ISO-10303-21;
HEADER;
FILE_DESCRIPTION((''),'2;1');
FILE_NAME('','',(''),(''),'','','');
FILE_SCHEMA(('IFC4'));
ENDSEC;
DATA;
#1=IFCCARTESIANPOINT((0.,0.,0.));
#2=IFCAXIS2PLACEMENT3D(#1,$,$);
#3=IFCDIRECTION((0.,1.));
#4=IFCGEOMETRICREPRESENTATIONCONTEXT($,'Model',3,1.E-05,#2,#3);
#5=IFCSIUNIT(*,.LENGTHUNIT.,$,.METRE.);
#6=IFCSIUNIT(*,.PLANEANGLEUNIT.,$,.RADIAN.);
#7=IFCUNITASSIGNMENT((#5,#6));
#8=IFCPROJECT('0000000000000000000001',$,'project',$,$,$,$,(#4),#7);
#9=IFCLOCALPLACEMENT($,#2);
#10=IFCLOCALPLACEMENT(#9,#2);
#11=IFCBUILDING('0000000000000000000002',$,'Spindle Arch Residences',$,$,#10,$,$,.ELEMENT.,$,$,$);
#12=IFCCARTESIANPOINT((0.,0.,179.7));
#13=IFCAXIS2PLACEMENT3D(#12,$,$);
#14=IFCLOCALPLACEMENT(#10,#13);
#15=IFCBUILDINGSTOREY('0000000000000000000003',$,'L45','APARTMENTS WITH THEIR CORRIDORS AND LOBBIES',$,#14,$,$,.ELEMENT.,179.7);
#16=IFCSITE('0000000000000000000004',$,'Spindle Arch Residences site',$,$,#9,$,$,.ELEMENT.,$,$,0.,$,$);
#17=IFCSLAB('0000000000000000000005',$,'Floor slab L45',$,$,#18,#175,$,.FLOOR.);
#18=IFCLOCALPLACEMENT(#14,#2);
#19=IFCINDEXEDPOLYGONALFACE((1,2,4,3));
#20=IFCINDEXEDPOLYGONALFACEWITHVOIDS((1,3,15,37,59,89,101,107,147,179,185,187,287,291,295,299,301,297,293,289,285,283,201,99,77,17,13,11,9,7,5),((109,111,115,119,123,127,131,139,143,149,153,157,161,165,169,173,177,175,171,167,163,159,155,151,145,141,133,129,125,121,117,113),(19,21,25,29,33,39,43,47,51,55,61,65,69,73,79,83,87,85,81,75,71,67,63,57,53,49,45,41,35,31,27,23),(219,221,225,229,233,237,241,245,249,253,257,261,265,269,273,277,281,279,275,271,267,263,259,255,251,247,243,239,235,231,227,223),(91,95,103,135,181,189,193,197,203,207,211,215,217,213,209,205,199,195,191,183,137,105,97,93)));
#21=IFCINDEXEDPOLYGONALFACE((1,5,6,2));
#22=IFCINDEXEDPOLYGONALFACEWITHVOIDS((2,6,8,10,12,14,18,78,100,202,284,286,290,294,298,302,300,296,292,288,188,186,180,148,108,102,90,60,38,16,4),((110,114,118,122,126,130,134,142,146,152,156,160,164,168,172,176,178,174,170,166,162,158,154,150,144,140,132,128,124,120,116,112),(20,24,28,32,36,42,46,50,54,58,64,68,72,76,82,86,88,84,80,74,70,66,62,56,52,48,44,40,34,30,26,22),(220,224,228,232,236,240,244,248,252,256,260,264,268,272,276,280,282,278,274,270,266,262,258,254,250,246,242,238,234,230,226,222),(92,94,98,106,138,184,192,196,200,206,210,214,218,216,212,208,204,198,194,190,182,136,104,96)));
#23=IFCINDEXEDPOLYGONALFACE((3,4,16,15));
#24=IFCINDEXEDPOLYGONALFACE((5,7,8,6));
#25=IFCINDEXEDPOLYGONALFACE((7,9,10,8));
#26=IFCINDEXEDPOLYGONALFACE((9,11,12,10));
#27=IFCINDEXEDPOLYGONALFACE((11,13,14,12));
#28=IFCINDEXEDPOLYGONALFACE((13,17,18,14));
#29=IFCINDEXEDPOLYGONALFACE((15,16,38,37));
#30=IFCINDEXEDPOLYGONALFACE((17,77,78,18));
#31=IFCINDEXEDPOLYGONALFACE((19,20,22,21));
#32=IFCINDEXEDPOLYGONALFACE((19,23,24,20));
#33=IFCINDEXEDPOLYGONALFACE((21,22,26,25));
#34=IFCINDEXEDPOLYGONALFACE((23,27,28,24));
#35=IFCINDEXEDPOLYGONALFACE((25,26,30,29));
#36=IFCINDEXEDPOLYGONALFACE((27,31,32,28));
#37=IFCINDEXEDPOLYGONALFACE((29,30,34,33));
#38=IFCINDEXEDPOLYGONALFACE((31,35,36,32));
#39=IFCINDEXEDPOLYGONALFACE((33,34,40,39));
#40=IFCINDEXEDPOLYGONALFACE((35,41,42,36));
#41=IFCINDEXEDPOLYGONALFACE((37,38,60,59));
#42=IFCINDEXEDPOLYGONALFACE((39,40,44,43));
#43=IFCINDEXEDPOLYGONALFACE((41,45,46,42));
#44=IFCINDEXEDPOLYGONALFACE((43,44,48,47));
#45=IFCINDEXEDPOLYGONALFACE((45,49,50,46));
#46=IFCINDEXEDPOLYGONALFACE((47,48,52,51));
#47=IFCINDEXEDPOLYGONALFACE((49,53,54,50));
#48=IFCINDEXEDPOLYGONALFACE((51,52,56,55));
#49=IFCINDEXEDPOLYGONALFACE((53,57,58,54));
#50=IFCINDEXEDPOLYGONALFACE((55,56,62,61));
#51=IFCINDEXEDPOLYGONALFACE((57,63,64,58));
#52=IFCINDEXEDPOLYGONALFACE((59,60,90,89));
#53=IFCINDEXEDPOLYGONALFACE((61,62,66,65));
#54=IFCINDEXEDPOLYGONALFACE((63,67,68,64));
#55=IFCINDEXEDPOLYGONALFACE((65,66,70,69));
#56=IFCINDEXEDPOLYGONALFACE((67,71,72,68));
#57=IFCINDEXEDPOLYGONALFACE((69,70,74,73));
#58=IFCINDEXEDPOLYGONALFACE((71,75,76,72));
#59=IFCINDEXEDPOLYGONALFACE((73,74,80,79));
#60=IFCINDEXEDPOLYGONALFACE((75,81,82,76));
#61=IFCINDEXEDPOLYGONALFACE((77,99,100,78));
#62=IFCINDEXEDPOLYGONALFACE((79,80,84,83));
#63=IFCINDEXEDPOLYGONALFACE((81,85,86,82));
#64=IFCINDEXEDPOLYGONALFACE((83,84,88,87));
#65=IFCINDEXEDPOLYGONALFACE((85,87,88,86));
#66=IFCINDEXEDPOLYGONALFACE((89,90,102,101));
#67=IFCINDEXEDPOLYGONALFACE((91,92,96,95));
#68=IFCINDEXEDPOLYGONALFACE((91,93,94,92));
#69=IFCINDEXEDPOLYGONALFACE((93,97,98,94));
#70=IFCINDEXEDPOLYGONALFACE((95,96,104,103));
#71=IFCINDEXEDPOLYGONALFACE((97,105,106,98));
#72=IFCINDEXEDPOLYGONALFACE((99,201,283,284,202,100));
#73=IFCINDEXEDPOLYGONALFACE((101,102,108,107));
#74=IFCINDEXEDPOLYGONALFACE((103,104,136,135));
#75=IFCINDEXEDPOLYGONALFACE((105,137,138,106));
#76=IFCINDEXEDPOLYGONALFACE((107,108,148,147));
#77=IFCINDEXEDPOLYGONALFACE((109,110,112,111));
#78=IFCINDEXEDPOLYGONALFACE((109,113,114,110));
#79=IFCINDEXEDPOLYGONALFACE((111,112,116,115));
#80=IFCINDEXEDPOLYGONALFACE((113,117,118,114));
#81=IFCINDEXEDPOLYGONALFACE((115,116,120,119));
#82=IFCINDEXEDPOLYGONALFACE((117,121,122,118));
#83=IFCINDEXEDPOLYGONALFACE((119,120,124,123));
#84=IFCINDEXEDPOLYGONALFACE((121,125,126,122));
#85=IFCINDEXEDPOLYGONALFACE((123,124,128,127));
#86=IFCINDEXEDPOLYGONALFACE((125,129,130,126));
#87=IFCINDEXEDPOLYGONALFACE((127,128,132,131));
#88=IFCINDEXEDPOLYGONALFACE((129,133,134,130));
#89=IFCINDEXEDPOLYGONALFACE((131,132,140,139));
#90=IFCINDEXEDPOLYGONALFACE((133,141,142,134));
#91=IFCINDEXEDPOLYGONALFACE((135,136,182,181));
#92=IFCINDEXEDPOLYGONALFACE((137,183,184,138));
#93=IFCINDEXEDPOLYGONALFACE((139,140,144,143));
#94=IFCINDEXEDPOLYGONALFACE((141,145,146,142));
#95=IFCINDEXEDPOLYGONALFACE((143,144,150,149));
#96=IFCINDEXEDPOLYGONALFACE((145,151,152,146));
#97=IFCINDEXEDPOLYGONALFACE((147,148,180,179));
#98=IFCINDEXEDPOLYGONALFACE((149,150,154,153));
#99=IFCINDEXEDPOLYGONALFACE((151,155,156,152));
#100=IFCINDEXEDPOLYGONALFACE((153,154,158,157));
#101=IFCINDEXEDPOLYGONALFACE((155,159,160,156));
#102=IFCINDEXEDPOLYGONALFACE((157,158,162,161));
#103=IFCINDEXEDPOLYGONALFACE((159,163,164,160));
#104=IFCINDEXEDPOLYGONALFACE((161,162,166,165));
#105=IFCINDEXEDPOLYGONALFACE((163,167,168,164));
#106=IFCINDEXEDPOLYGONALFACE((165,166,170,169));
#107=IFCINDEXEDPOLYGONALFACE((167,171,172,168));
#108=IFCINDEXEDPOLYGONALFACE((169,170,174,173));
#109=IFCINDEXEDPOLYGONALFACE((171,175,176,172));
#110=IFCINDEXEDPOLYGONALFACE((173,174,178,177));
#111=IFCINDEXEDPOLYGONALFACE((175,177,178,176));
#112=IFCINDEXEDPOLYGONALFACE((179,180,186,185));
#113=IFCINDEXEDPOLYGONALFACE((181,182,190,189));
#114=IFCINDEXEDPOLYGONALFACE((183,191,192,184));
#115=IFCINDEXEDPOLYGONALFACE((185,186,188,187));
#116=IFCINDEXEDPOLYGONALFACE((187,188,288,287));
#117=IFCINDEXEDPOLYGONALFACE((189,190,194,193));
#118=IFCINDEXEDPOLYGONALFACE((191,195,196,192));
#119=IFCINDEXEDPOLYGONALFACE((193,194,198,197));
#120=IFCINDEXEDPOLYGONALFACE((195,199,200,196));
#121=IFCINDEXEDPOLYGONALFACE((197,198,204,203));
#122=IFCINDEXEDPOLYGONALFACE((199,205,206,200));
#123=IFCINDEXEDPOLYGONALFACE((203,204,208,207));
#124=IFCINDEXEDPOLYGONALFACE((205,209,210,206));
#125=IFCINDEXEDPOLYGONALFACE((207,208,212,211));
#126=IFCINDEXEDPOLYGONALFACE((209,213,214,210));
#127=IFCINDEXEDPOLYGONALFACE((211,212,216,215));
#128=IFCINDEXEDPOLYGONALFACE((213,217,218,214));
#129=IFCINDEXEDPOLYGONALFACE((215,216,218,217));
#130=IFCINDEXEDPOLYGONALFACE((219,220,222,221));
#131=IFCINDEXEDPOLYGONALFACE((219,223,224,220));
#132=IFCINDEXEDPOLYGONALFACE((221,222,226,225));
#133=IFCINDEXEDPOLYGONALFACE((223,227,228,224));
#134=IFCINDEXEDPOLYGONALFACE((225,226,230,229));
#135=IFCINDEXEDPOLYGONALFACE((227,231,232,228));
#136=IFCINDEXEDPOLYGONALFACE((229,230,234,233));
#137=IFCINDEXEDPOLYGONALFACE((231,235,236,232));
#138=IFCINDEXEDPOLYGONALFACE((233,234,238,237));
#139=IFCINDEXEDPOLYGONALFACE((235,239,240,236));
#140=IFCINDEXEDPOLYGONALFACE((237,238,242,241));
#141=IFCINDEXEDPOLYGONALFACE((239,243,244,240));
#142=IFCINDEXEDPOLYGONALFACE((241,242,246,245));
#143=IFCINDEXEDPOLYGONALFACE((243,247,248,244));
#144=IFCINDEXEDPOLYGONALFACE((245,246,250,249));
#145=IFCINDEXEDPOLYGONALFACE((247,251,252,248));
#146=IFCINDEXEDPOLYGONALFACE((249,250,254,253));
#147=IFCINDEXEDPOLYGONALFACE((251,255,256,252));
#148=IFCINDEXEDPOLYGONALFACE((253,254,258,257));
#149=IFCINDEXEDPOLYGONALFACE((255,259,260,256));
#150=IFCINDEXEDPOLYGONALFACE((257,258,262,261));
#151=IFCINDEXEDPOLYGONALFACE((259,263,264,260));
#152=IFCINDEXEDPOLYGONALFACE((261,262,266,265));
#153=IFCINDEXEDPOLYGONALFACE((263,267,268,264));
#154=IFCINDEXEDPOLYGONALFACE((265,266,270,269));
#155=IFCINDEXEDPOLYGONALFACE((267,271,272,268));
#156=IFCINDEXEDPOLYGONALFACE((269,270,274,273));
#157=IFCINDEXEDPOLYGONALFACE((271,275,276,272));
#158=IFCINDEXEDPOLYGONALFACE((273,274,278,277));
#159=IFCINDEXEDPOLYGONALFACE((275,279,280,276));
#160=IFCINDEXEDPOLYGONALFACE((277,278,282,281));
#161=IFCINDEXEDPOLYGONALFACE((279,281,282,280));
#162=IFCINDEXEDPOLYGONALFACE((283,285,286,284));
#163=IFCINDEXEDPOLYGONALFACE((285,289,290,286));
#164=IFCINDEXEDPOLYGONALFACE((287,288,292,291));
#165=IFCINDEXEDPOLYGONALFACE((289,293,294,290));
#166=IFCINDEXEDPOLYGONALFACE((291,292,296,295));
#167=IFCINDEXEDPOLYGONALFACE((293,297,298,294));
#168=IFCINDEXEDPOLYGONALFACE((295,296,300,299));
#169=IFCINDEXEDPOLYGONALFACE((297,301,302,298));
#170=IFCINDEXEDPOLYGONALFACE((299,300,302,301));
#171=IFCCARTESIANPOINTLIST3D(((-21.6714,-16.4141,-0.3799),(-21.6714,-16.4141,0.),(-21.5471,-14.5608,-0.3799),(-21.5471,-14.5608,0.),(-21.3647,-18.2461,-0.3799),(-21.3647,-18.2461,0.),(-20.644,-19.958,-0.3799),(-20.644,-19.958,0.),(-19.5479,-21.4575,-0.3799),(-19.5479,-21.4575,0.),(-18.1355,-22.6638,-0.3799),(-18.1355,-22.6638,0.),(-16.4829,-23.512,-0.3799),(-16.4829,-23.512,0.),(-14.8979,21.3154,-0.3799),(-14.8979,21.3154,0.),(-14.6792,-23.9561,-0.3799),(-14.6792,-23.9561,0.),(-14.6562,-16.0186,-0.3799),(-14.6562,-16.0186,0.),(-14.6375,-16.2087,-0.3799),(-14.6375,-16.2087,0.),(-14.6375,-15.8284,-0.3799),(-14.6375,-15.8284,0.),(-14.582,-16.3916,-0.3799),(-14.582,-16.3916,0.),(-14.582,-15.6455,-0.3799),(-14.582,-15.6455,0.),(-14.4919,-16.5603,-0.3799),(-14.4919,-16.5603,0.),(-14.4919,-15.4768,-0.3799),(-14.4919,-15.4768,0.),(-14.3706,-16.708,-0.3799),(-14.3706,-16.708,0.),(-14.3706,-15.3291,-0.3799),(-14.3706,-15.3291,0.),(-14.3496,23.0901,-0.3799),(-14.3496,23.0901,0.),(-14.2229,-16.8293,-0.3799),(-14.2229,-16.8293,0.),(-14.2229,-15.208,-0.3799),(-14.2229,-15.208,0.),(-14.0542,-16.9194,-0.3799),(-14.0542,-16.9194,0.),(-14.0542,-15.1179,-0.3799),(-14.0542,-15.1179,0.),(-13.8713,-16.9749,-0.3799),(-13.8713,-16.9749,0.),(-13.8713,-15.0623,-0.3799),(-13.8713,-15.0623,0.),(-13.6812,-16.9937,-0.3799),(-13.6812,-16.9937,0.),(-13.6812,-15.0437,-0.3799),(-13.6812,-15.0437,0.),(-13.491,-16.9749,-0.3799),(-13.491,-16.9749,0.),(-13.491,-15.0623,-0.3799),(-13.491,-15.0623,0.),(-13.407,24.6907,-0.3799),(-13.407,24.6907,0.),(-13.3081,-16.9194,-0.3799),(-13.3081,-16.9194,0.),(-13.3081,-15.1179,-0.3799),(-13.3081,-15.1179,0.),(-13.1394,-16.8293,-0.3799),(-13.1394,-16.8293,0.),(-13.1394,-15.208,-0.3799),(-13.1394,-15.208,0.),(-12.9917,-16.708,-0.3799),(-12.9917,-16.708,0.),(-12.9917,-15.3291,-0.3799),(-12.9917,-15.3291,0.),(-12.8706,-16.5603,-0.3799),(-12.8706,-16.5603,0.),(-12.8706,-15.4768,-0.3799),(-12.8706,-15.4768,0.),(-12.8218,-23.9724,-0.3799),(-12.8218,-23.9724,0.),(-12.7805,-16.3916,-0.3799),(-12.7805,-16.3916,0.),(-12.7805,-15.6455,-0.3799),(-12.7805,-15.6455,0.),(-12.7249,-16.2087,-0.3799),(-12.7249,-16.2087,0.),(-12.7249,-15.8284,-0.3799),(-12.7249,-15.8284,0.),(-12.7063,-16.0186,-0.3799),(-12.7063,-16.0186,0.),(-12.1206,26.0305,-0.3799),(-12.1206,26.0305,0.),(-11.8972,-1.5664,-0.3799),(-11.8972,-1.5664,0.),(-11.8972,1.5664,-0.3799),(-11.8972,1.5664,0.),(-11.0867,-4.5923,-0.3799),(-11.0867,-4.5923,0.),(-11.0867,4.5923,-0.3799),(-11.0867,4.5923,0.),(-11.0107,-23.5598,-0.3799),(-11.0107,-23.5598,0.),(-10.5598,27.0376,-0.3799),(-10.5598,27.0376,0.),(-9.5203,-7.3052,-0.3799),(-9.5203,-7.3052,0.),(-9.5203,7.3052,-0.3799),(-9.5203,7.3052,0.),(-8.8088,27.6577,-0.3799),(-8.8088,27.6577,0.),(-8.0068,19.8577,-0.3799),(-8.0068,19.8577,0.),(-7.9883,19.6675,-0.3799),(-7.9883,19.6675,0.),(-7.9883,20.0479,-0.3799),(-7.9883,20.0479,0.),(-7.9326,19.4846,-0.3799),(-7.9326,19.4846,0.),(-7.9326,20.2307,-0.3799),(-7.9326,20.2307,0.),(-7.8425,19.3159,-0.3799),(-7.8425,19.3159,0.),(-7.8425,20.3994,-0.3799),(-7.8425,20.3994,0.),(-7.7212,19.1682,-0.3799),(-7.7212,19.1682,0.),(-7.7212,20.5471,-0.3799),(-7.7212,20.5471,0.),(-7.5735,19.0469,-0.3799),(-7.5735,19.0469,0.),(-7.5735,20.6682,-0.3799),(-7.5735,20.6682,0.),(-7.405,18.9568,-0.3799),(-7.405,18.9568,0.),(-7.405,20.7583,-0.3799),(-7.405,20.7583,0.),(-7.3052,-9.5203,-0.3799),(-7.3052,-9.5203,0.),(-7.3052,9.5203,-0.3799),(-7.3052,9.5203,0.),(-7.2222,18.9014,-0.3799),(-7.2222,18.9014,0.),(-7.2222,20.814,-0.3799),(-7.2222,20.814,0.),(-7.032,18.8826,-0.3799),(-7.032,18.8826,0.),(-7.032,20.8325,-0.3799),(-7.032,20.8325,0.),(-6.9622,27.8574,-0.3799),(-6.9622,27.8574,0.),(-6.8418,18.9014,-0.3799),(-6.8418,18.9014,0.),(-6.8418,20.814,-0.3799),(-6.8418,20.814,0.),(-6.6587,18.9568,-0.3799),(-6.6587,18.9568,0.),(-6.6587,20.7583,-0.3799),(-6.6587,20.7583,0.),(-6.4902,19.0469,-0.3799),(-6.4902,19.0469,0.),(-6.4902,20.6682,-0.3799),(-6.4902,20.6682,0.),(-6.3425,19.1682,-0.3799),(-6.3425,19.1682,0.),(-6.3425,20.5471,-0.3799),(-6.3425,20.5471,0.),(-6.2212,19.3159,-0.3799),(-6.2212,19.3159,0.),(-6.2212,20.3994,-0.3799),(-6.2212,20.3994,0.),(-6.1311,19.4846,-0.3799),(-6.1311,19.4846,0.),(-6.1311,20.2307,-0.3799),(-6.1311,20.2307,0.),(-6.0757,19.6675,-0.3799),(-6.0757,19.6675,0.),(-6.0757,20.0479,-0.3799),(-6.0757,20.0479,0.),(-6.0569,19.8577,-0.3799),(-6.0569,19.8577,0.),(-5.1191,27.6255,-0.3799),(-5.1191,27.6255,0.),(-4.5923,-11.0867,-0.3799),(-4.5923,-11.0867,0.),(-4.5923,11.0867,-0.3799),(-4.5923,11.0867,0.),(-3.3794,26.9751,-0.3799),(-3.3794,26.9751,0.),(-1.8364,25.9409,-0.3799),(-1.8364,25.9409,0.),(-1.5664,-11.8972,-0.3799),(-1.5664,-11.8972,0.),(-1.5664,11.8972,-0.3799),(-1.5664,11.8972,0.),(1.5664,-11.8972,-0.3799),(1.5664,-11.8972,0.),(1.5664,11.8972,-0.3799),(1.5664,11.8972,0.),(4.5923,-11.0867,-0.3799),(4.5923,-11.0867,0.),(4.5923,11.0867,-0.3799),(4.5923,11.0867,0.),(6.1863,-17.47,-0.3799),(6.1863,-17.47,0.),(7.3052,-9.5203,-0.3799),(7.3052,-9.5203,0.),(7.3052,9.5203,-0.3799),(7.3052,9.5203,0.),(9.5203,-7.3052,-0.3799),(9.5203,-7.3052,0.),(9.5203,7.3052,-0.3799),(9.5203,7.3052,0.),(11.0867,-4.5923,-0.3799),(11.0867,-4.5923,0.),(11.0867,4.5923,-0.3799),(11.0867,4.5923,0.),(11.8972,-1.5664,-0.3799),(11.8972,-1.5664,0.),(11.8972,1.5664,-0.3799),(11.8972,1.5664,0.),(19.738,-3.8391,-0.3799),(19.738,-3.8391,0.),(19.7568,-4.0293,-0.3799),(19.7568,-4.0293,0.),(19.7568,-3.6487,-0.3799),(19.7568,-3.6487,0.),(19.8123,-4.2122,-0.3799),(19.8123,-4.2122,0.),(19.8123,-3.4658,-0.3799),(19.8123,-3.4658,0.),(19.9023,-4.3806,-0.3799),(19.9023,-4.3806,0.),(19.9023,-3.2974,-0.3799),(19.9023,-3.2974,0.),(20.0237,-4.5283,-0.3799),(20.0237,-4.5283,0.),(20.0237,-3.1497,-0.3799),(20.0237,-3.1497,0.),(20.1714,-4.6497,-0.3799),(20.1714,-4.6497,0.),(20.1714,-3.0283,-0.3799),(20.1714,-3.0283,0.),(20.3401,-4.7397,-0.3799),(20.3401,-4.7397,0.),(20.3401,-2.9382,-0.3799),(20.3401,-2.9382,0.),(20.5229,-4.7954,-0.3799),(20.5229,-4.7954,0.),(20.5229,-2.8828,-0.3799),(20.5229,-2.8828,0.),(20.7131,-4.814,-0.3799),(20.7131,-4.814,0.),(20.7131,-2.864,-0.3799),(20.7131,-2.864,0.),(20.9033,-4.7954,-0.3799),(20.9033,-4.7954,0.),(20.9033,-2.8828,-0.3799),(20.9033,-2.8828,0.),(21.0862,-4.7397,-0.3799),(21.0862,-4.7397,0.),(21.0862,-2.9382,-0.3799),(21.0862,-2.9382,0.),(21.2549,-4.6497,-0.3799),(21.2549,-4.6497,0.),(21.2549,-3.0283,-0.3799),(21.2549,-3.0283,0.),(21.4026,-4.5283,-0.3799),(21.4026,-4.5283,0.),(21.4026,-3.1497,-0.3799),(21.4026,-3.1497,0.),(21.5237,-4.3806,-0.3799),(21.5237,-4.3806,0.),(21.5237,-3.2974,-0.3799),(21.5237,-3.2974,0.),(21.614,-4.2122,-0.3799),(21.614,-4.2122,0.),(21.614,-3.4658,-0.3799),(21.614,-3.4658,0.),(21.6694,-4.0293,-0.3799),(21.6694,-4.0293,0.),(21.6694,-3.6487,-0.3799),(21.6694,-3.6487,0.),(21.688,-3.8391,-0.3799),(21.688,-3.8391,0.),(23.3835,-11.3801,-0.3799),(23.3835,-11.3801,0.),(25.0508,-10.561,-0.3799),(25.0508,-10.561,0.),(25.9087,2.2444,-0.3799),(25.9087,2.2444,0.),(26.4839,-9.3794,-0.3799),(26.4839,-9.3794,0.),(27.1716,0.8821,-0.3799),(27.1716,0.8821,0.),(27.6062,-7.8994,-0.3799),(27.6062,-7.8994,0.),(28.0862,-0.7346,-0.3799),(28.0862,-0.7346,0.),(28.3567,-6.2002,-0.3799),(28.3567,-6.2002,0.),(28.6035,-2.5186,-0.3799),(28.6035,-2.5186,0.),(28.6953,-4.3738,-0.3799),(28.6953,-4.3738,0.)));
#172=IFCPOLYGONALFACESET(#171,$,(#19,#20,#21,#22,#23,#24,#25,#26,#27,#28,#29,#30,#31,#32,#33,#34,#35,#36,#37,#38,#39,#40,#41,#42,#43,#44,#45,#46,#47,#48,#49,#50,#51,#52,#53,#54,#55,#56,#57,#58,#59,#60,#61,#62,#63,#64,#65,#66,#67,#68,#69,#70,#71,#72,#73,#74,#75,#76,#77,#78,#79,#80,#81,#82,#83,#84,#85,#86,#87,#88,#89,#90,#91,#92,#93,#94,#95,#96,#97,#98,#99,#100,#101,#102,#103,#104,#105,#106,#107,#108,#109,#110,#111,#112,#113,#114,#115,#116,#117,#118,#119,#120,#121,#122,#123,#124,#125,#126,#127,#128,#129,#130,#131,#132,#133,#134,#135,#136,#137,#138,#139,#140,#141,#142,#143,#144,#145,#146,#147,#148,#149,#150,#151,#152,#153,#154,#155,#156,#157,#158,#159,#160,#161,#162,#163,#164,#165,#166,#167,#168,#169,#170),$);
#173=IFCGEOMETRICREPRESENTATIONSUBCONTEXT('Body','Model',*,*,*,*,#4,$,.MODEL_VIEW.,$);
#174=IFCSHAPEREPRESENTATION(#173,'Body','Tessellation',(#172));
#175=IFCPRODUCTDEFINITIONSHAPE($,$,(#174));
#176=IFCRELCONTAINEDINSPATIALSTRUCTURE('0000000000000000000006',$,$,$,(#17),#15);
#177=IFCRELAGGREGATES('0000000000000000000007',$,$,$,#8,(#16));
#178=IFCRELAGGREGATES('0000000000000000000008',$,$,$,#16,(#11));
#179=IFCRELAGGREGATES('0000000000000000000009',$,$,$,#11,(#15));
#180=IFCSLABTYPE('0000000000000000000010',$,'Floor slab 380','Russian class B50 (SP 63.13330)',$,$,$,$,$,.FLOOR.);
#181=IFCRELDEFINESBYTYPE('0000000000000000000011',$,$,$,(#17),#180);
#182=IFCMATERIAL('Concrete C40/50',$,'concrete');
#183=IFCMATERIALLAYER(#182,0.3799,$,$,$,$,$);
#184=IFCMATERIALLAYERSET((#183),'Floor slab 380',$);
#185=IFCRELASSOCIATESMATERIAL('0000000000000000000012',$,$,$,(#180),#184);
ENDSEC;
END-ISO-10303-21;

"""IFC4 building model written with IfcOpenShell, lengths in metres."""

from ifc_helpers import new_model, si_unit, direction, frame, origin, place, context, subcontext, project, spatial, polyline, outline, extrude, material, layer, layer_set, type_object, element, save


model = new_model("IFC4")

# Units and contexts
model_context = context("Model", 3, precision=1e-05, world=origin(), true_north=direction((0.0, 1.0)))
body_context = subcontext(model_context, "Body", "Model", "MODEL_VIEW")
ifc_project = project(units=[si_unit("LENGTHUNIT", "METRE"), si_unit("PLANEANGLEUNIT", "RADIAN")], contexts=[model_context])

# Site, building, storey
site_placement = place(None, origin())
site = spatial("IfcSite", under=ifc_project, at=site_placement, Name="Spindle Arch Residences site", CompositionType="ELEMENT", RefElevation=0.0)
building_placement = place(site_placement, origin())
building = spatial("IfcBuilding", under=site, at=building_placement, Name="Spindle Arch Residences", CompositionType="ELEMENT")
storey_placement = place(building_placement, frame((0.0, 0.0, 179.7)))
storey = spatial("IfcBuildingStorey", under=building, at=storey_placement, Name="L45", Description="APARTMENTS WITH THEIR CORRIDORS AND LOBBIES", CompositionType="ELEMENT", Elevation=179.7)

# Slab
ifc_material_1 = material(Name="Concrete C40/50", Category="concrete")
ifc_layer_1 = layer(ifc_material_1, 0.3799)
ifc_layer_set_1 = layer_set([ifc_layer_1], Name="Floor slab 380")
slab_type_1 = type_object("IfcSlabType", Name="Floor slab 380", Description="Russian class B50 (SP 63.13330)", PredefinedType="FLOOR", material=ifc_layer_set_1)
slab_1_placement = place(storey_placement, frame((0.0, 0.0, -0.3799)))
element("IfcSlab", 1, at=slab_1_placement, inside=storey, type_object=slab_type_1, Name="Floor slab L45", PredefinedType="FLOOR", context=body_context, shape_type="SweptSolid", body=[
    extrude(outline(polyline([(-12.8218, -23.9724), (-14.6792, -23.9561), (-16.4829, -23.512), (-18.1355, -22.6638), (-19.5479, -21.4575), (-20.644, -19.958), (-21.3647, -18.2461), (-21.6714, -16.4141), (-21.5471, -14.5608), (-14.8979, 21.3154), (-14.3496, 23.0901), (-13.407, 24.6907), (-12.1206, 26.0305), (-10.5598, 27.0376), (-8.8088, 27.6577), (-6.9622, 27.8574), (-5.1191, 27.6255), (-3.3794, 26.9751), (-1.8364, 25.9409), (25.9087, 2.2444), (27.1716, 0.8821), (28.0862, -0.7346), (28.6035, -2.5186), (28.6953, -4.3738), (28.3567, -6.2002), (27.6062, -7.8994), (26.4839, -9.3794), (25.0508, -10.561), (23.3835, -11.3801), (6.1863, -17.47), (-11.0107, -23.5598), (-12.8218, -23.9724)]), holes=[polyline([(7.3052, -9.5203), (9.5203, -7.3052), (11.0867, -4.5923), (11.8972, -1.5664), (11.8972, 1.5664), (11.0867, 4.5923), (9.5203, 7.3052), (7.3052, 9.5203), (4.5923, 11.0867), (1.5664, 11.8972), (-1.5664, 11.8972), (-4.5923, 11.0867), (-7.3052, 9.5203), (-9.5203, 7.3052), (-11.0867, 4.5923), (-11.8972, 1.5664), (-11.8972, -1.5664), (-11.0867, -4.5923), (-9.5203, -7.3052), (-7.3052, -9.5203), (-4.5923, -11.0867), (-1.5664, -11.8972), (1.5664, -11.8972), (4.5923, -11.0867), (7.3052, -9.5203)]), polyline([(-12.9917, -16.708), (-12.8706, -16.5603), (-12.7805, -16.3916), (-12.7249, -16.2087), (-12.7063, -16.0186), (-12.7249, -15.8284), (-12.7805, -15.6455), (-12.8706, -15.4768), (-12.9917, -15.3291), (-13.1394, -15.208), (-13.3081, -15.1179), (-13.491, -15.0623), (-13.6812, -15.0437), (-13.8713, -15.0623), (-14.0542, -15.1179), (-14.2229, -15.208), (-14.3706, -15.3291), (-14.4919, -15.4768), (-14.582, -15.6455), (-14.6375, -15.8284), (-14.6562, -16.0186), (-14.6375, -16.2087), (-14.582, -16.3916), (-14.4919, -16.5603), (-14.3706, -16.708), (-14.2229, -16.8293), (-14.0542, -16.9194), (-13.8713, -16.9749), (-13.6812, -16.9937), (-13.491, -16.9749), (-13.3081, -16.9194), (-13.1394, -16.8293), (-12.9917, -16.708)]), polyline([(-6.2212, 19.3159), (-6.1311, 19.4846), (-6.0757, 19.6675), (-6.0569, 19.8577), (-6.0757, 20.0479), (-6.1311, 20.2307), (-6.2212, 20.3994), (-6.3425, 20.5471), (-6.4902, 20.6682), (-6.6587, 20.7583), (-6.8418, 20.814), (-7.032, 20.8325), (-7.2222, 20.814), (-7.405, 20.7583), (-7.5735, 20.6682), (-7.7212, 20.5471), (-7.8425, 20.3994), (-7.9326, 20.2307), (-7.9883, 20.0479), (-8.0068, 19.8577), (-7.9883, 19.6675), (-7.9326, 19.4846), (-7.8425, 19.3159), (-7.7212, 19.1682), (-7.5735, 19.0469), (-7.405, 18.9568), (-7.2222, 18.9014), (-7.032, 18.8826), (-6.8418, 18.9014), (-6.6587, 18.9568), (-6.4902, 19.0469), (-6.3425, 19.1682), (-6.2212, 19.3159)]), polyline([(21.5237, -4.3806), (21.614, -4.2122), (21.6694, -4.0293), (21.688, -3.8391), (21.6694, -3.6487), (21.614, -3.4658), (21.5237, -3.2974), (21.4026, -3.1497), (21.2549, -3.0283), (21.0862, -2.9382), (20.9033, -2.8828), (20.7131, -2.864), (20.5229, -2.8828), (20.3401, -2.9382), (20.1714, -3.0283), (20.0237, -3.1497), (19.9023, -3.2974), (19.8123, -3.4658), (19.7568, -3.6487), (19.738, -3.8391), (19.7568, -4.0293), (19.8123, -4.2122), (19.9023, -4.3806), (20.0237, -4.5283), (20.1714, -4.6497), (20.3401, -4.7397), (20.5229, -4.7954), (20.7131, -4.814), (20.9033, -4.7954), (21.0862, -4.7397), (21.2549, -4.6497), (21.4026, -4.5283), (21.5237, -4.3806)])]), origin(), (0.0, 0.0, 1.0), 0.3799),
])

save(model, "model.ifc")
